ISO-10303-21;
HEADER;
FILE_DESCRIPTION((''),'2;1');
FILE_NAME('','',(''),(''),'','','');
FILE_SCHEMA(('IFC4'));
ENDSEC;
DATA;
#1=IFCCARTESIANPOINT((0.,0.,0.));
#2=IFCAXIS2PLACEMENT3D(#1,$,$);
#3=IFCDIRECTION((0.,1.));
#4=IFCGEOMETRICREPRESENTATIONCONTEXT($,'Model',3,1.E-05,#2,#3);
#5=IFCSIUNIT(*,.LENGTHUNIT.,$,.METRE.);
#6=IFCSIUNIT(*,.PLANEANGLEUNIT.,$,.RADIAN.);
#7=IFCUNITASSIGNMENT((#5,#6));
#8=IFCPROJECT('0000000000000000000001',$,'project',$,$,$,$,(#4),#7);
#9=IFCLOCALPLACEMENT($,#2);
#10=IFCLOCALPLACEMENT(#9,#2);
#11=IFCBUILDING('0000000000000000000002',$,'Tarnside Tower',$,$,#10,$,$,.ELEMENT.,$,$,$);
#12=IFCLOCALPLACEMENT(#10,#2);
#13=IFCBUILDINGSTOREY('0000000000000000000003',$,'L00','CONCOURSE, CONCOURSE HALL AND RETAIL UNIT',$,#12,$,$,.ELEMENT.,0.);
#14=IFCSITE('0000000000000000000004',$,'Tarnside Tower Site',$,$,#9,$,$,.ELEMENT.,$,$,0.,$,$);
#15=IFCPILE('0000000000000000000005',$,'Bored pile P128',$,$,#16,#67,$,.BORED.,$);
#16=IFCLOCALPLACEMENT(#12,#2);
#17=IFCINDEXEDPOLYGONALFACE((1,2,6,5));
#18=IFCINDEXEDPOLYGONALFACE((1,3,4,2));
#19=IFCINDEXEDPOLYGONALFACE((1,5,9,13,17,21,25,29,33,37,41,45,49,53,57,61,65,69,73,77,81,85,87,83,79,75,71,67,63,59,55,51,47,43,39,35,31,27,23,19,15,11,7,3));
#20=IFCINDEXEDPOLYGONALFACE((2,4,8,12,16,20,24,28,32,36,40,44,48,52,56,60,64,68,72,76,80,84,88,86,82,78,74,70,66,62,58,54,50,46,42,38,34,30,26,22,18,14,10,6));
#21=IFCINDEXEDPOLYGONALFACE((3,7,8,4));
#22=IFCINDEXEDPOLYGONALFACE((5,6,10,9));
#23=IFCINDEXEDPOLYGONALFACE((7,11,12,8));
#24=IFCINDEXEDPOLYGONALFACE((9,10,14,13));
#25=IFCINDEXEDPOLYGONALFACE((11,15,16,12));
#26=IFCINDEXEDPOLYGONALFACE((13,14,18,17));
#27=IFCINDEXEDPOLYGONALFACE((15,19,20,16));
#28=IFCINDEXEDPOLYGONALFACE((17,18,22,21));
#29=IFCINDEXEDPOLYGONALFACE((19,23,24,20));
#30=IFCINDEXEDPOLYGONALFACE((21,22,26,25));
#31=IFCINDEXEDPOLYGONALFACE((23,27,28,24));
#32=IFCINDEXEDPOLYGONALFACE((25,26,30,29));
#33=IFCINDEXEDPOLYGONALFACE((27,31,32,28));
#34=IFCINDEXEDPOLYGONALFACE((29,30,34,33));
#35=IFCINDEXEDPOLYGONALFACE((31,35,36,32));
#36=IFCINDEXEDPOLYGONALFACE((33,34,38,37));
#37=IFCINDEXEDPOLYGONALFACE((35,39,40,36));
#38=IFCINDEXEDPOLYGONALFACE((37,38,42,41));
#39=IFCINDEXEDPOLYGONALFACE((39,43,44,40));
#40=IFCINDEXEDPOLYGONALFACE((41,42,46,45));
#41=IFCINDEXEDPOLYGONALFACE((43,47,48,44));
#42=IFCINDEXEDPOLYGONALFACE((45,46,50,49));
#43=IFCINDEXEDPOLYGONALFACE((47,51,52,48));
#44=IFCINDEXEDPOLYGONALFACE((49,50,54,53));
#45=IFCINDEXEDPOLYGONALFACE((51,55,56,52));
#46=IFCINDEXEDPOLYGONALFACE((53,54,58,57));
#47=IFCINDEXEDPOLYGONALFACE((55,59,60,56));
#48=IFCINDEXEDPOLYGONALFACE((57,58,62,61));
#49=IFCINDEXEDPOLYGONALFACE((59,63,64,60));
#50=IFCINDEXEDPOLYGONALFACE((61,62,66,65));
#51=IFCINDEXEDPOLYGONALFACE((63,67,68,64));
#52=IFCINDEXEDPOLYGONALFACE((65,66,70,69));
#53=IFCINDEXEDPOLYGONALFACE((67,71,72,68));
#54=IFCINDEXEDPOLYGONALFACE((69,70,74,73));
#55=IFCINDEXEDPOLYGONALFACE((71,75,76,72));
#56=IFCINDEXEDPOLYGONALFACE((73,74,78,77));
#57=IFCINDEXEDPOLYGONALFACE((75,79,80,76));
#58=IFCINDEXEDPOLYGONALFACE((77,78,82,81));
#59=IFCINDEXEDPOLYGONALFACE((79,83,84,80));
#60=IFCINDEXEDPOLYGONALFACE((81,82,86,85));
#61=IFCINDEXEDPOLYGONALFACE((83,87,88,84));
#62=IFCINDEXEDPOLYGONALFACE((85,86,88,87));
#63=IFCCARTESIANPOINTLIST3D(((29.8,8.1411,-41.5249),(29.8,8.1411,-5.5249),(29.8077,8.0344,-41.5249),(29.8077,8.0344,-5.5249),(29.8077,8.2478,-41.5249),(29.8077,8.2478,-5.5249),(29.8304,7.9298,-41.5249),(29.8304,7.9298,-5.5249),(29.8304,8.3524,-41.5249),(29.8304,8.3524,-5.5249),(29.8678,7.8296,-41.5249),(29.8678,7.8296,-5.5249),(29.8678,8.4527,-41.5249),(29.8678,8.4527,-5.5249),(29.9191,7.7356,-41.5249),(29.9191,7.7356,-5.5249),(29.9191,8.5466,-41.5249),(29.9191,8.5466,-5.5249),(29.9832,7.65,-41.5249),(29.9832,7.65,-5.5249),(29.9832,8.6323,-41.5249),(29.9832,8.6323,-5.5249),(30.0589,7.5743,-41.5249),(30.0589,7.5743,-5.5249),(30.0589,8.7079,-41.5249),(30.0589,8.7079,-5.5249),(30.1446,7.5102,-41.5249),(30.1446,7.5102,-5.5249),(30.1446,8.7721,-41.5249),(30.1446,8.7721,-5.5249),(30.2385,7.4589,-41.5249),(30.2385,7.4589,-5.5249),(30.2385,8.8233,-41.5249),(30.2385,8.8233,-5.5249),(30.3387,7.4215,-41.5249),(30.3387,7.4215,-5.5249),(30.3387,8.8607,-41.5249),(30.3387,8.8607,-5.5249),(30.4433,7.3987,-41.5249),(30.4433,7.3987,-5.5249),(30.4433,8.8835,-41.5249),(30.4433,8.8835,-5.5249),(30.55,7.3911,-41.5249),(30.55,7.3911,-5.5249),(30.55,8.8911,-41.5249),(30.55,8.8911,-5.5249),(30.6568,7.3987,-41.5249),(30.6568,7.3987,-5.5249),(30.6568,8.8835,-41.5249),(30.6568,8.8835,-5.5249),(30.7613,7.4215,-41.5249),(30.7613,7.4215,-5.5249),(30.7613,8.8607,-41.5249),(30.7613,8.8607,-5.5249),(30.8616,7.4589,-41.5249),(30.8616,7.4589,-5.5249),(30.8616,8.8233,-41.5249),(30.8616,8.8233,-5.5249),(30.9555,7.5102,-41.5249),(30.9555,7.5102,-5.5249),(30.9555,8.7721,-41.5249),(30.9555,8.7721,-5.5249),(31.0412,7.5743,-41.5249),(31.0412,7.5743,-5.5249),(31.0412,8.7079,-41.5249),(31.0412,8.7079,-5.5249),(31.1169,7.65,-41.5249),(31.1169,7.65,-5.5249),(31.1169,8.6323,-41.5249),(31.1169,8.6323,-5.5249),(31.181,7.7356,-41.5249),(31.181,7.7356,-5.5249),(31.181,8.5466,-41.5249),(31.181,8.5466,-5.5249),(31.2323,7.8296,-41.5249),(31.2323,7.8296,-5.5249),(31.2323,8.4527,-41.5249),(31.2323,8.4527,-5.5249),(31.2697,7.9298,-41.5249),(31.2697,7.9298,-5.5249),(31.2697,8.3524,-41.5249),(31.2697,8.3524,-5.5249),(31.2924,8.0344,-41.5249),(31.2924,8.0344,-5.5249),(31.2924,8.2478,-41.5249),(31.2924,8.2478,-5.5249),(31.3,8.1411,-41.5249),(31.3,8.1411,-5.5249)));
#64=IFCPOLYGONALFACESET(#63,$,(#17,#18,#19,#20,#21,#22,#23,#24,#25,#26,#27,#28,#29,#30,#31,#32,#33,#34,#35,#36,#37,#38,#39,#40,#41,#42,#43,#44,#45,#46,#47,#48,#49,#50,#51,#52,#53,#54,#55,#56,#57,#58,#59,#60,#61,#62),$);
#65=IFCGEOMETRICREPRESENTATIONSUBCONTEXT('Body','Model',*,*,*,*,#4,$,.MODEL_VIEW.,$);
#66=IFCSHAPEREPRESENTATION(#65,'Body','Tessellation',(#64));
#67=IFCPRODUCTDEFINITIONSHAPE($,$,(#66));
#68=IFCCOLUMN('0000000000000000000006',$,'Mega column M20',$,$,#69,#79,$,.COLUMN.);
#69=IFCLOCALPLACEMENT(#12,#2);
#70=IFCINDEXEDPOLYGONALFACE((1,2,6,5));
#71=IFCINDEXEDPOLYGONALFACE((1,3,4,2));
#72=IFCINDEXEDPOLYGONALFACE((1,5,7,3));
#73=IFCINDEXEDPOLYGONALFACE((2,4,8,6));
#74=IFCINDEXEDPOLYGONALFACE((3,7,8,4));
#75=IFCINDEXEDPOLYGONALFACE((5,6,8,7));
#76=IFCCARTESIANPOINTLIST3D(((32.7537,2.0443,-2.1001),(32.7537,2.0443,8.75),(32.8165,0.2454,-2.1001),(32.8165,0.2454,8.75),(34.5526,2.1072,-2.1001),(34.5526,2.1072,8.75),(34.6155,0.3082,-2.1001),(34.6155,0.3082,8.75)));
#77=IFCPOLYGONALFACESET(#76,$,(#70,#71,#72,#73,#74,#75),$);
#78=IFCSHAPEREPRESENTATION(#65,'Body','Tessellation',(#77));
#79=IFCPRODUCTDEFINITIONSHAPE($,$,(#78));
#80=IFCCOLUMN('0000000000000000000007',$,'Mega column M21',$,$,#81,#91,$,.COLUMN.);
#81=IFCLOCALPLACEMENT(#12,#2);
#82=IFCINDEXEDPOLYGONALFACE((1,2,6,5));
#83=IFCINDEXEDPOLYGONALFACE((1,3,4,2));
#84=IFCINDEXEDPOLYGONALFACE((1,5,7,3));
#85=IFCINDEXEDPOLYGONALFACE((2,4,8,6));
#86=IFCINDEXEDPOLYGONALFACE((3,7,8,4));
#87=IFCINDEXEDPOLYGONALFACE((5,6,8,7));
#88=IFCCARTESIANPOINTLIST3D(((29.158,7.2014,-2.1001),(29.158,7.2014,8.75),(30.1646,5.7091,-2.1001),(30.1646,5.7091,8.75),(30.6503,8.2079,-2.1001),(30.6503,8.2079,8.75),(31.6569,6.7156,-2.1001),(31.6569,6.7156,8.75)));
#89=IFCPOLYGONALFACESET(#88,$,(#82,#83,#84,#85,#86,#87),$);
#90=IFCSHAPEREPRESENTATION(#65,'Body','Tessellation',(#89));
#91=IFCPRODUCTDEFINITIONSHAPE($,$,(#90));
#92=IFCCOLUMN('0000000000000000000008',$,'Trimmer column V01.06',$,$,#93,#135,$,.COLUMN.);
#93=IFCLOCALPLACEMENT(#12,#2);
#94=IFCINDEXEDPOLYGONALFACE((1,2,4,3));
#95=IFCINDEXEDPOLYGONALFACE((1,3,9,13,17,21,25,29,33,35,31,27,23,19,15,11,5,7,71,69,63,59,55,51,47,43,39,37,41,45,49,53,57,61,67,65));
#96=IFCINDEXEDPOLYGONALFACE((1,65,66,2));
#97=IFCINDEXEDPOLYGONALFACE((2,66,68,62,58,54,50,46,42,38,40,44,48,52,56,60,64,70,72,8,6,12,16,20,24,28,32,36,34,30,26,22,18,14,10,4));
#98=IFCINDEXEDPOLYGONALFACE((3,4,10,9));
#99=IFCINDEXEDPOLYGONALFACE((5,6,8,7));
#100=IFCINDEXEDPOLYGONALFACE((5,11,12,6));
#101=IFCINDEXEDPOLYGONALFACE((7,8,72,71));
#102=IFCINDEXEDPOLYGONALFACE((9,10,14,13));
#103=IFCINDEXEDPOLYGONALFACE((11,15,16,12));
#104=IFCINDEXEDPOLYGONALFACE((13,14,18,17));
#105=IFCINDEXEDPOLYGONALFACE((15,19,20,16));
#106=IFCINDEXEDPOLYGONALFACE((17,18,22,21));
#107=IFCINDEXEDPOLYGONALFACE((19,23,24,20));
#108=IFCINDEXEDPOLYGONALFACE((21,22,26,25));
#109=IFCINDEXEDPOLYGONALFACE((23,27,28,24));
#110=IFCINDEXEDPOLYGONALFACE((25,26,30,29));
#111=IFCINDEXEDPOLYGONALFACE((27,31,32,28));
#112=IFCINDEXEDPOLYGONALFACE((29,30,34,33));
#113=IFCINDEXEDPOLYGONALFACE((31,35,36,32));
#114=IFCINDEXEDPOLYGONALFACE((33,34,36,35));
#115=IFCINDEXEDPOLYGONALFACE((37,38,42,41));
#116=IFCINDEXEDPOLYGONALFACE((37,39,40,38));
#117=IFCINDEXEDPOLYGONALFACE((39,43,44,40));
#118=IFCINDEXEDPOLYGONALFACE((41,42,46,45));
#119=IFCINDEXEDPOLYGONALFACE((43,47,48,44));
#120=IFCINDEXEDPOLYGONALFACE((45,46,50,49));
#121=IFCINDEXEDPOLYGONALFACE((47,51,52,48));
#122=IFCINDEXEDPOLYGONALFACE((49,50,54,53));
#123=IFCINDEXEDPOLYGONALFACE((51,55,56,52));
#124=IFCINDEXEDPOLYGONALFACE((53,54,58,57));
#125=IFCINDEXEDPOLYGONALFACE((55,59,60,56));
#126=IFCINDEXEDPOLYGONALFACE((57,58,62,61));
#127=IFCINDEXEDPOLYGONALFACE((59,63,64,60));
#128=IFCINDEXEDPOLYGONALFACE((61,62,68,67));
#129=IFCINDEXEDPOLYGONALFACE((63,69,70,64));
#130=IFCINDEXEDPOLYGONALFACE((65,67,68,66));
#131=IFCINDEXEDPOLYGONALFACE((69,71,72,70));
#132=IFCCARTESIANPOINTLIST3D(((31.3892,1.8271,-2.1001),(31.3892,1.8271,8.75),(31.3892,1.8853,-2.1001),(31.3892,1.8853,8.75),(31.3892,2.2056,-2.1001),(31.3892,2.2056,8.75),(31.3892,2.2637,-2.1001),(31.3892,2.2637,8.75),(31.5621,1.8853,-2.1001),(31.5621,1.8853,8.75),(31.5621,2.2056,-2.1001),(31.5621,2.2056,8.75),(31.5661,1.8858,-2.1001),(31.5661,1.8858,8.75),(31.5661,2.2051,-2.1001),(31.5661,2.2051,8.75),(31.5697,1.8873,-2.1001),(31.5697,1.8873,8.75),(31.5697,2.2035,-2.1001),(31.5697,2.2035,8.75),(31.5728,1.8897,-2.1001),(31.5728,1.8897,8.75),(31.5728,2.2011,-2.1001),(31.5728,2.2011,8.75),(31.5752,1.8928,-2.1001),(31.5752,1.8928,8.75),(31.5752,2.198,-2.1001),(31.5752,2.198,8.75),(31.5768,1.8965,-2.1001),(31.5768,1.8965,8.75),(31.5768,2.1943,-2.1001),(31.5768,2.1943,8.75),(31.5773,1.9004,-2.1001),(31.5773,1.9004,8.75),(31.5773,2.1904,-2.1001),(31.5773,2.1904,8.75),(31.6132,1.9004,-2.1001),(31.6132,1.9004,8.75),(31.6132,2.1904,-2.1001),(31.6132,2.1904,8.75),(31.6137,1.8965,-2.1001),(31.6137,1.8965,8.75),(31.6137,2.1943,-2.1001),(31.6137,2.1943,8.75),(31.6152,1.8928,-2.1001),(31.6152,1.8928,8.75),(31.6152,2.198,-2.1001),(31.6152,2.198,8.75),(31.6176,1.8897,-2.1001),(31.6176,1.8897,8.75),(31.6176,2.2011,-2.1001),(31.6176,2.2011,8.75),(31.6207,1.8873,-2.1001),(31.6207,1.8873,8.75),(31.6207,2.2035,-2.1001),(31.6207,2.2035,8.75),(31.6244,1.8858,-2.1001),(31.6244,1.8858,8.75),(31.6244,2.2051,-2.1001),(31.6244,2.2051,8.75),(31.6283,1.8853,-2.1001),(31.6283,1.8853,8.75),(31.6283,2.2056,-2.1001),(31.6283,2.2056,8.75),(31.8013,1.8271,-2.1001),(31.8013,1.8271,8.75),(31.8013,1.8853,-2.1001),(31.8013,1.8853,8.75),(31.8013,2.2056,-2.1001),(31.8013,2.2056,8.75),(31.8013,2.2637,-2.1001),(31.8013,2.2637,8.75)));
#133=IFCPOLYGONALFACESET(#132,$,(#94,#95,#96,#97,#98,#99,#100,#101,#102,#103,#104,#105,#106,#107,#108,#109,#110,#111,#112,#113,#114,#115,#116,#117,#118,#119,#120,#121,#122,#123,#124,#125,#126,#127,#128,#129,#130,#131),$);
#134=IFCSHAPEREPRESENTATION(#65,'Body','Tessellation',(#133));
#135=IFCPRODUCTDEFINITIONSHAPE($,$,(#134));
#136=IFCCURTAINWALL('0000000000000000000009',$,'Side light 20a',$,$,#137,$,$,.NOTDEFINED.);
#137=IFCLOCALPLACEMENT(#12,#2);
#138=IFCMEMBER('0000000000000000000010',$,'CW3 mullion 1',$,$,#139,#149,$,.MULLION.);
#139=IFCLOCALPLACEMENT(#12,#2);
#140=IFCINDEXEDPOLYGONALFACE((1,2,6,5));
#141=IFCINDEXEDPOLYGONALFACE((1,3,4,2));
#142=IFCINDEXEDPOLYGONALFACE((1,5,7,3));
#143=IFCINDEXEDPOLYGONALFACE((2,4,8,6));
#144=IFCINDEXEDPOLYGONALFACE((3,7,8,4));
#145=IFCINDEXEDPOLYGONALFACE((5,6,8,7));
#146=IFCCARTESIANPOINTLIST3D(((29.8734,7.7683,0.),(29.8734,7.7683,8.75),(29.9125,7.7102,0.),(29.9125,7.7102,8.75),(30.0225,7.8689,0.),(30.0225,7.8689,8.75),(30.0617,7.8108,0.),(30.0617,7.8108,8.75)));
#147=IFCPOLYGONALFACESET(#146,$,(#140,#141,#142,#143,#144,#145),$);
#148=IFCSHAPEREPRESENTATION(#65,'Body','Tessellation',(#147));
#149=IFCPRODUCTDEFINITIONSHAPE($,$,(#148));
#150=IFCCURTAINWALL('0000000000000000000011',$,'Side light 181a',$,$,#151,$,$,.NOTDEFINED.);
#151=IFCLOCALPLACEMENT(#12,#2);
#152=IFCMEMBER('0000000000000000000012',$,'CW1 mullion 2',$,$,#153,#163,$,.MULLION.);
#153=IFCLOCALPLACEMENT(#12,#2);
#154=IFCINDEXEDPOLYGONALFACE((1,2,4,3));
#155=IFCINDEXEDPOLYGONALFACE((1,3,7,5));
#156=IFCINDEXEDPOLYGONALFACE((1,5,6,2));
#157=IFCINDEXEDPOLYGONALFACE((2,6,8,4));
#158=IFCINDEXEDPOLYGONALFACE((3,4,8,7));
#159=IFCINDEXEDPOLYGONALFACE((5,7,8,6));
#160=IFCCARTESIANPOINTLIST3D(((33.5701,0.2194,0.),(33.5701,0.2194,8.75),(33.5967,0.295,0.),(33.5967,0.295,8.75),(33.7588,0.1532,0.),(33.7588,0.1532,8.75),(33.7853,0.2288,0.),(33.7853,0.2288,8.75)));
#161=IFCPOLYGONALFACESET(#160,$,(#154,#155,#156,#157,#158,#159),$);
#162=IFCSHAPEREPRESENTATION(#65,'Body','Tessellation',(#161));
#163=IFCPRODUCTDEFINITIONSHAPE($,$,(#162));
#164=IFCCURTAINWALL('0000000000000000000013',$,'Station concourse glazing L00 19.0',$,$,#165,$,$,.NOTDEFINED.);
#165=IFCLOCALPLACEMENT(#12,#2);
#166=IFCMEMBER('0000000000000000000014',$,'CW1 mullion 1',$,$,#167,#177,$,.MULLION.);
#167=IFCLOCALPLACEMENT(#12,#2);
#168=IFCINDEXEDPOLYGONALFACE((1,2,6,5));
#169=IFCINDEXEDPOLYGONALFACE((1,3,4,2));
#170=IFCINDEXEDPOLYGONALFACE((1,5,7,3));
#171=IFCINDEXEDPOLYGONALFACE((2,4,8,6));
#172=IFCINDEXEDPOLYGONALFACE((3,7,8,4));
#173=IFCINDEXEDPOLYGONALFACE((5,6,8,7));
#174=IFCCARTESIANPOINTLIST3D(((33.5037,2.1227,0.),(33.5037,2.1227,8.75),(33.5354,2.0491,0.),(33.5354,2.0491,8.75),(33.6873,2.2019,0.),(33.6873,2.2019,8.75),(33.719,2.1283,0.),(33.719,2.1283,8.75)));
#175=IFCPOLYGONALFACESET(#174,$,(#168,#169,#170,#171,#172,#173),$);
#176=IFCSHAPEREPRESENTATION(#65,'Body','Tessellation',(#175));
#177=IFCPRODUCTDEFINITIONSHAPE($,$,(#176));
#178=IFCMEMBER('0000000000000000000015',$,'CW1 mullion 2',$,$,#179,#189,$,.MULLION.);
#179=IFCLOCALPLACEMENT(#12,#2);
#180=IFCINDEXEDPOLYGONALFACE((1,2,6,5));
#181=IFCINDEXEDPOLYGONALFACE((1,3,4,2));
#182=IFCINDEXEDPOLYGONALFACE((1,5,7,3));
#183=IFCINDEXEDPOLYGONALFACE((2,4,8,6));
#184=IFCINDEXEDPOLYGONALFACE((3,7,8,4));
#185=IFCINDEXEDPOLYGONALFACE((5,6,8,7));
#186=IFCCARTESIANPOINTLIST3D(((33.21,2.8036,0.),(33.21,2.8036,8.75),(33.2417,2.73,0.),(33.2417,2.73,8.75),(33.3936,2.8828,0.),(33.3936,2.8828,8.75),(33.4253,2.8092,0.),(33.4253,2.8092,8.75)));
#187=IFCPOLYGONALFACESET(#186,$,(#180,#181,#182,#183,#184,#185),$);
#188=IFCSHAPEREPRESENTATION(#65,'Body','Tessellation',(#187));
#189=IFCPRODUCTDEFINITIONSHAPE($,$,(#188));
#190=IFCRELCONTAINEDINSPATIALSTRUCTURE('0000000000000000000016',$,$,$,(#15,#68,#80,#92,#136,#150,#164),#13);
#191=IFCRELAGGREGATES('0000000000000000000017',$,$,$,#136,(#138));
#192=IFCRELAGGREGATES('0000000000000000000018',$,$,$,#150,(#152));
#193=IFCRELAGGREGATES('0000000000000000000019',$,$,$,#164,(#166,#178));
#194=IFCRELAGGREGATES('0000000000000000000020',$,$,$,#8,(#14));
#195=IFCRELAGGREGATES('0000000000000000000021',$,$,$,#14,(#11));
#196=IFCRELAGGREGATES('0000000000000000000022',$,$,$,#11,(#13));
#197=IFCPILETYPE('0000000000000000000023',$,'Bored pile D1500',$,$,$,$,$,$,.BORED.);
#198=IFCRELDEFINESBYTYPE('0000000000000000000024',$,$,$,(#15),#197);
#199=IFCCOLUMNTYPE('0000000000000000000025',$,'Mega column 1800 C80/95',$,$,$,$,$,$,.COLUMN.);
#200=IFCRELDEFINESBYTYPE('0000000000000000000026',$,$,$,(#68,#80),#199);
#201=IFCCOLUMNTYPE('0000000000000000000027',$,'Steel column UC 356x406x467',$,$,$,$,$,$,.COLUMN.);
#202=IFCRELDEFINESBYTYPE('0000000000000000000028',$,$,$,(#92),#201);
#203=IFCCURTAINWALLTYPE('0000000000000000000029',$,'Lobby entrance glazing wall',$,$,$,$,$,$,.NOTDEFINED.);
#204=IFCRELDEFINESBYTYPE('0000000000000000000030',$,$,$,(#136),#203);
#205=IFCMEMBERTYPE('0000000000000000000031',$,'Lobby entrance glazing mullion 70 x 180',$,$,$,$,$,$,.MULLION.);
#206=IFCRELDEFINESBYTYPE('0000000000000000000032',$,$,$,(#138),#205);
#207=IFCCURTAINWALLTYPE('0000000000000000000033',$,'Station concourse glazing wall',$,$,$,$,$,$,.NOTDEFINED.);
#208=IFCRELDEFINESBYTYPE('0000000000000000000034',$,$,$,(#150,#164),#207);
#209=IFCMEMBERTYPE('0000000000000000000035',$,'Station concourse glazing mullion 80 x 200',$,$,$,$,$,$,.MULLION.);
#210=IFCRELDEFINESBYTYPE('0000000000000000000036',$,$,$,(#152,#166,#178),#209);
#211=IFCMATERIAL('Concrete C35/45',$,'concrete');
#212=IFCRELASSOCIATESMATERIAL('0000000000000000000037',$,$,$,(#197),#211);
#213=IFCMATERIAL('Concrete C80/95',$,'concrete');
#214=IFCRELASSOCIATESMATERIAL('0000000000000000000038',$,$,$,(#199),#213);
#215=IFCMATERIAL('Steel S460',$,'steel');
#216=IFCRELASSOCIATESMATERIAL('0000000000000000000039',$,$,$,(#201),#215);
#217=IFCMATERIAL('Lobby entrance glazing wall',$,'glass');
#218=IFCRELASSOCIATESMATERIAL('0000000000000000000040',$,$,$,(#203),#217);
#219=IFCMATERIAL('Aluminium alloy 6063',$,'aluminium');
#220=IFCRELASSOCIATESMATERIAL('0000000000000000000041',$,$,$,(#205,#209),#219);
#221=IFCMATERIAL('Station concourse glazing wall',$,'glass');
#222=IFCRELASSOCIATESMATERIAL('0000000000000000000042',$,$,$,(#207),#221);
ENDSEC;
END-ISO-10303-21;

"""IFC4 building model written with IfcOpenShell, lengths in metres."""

from ifc_helpers import new_model, si_unit, direction, frame, origin, origin_2d, place, context, subcontext, project, spatial, rectangle, circle, i_section, extrude, material, material_profile, profile_set, type_object, element, aggregate, save


model = new_model("IFC4")

# Units and contexts
model_context = context("Model", 3, precision=1e-05, world=origin(), true_north=direction((0.0, 1.0)))
body_context = subcontext(model_context, "Body", "Model", "MODEL_VIEW")
ifc_project = project(units=[si_unit("LENGTHUNIT", "METRE"), si_unit("PLANEANGLEUNIT", "RADIAN")], contexts=[model_context])

# Site, building, storey
site_placement = place(None, origin())
site = spatial("IfcSite", under=ifc_project, at=site_placement, Name="Tarnside Tower Site", CompositionType="ELEMENT", RefElevation=0.0)
building_placement = place(site_placement, origin())
building = spatial("IfcBuilding", under=site, at=building_placement, Name="Tarnside Tower", CompositionType="ELEMENT")
storey_placement = place(building_placement, origin())
storey = spatial("IfcBuildingStorey", under=building, at=storey_placement, Name="L00", Description="CONCOURSE, CONCOURSE HALL AND RETAIL UNIT", CompositionType="ELEMENT", Elevation=0.0)

# Pile
ifc_material_1 = material(Name="Concrete C35/45", Category="concrete")
ifc_material_profile_1 = material_profile(ifc_material_1, circle(Radius=0.75, at=origin_2d()), Name="Bored pile D1500")
ifc_profile_set_1 = profile_set([ifc_material_profile_1], Name="Concrete C35/45")
pile_type = type_object("IfcPileType", Name="Bored pile D1500", PredefinedType="BORED", material=ifc_profile_set_1)
for number, where, z_axis, x_axis, name in (
    (1, (30.55, 8.1411, -5.5249), (0.0, 0.0, -1.0), (1.0, 0.0, 0.0), "Bored pile P128"),
):
    element("IfcPile", number, at=place(storey_placement, frame(where, z_axis=z_axis, x_axis=x_axis)), inside=storey, type_object=pile_type, Name=name, PredefinedType="BORED", context=body_context, shape_type="SweptSolid", body=[
        extrude(circle(Radius=0.75, at=origin_2d()), origin(), (0.0, 0.0, 1.0), 36.0),
    ])

# Columns
ifc_material_2 = material(Name="Concrete C80/95", Category="concrete")
ifc_material_profile_2 = material_profile(ifc_material_2, rectangle(XDim=1.8, YDim=1.8, at=origin_2d()), Name="Mega column 1800x1800")
ifc_profile_set_2 = profile_set([ifc_material_profile_2], Name="Concrete C80/95")
column_type_1 = type_object("IfcColumnType", Name="Mega column 1800 C80/95", PredefinedType="COLUMN", material=ifc_profile_set_2)
for number, where, z_axis, x_axis, name in (
    (2, (33.6846, 1.1763, -2.1001), (0.0, 0.0, 1.0), (0.034899, -0.999391, 0.0), "Mega column M20"),
    (3, (30.4075, 6.9585, -2.1001), (0.0, 0.0, 1.0), (0.559193, -0.829038, 0.0), "Mega column M21"),
):
    element("IfcColumn", number, at=place(storey_placement, frame(where, z_axis=z_axis, x_axis=x_axis)), inside=storey, type_object=column_type_1, Name=name, PredefinedType="COLUMN", context=body_context, shape_type="SweptSolid", body=[
        extrude(rectangle(XDim=1.8, YDim=1.8, at=origin_2d()), origin(), (0.0, 0.0, 1.0), 10.8501),
    ])
ifc_material_3 = material(Name="Steel S460", Category="steel")
ifc_material_profile_3 = material_profile(ifc_material_3, i_section(OverallWidth=0.4121, OverallDepth=0.4365, WebThickness=0.0359, FlangeThickness=0.0581, FilletRadius=0.0151, at=origin_2d()), Name="UC 356x406x467")
ifc_profile_set_3 = profile_set([ifc_material_profile_3], Name="Steel S460")
column_type_2 = type_object("IfcColumnType", Name="Steel column UC 356x406x467", PredefinedType="COLUMN", material=ifc_profile_set_3)
column_placement = place(storey_placement, frame((31.5952, 2.0454, -2.1001), z_axis=(0.0, 0.0, 1.0), x_axis=(1.0, 0.0, 0.0)))
element("IfcColumn", 4, at=column_placement, inside=storey, type_object=column_type_2, Name="Trimmer column V01.06", PredefinedType="COLUMN", context=body_context, shape_type="SweptSolid", body=[
    extrude(i_section(OverallWidth=0.4121, OverallDepth=0.4365, WebThickness=0.0359, FlangeThickness=0.0581, FilletRadius=0.0151, at=origin_2d()), origin(), (0.0, 0.0, 1.0), 10.8501),
])

# Curtain walls, members
ifc_material_4 = material(Name="Lobby entrance glazing wall", Category="glass")
curtain_wall_type_1 = type_object("IfcCurtainWallType", Name="Lobby entrance glazing wall", PredefinedType="NOTDEFINED", material=ifc_material_4)
curtain_wall_1_placement = place(storey_placement, origin())
curtain_wall_1 = element("IfcCurtainWall", 5, at=curtain_wall_1_placement, inside=storey, type_object=curtain_wall_type_1, Name="Side light 20a", PredefinedType="NOTDEFINED")
ifc_material_5 = material(Name="Aluminium alloy 6063", Category="aluminium")
ifc_material_profile_4 = material_profile(ifc_material_5, rectangle(XDim=0.1799, YDim=0.0701, at=origin_2d()), Name="Lobby entrance glazing mullion 70 x 180")
ifc_profile_set_4 = profile_set([ifc_material_profile_4], Name="Aluminium alloy 6063")
member_type_1 = type_object("IfcMemberType", Name="Lobby entrance glazing mullion 70 x 180", PredefinedType="MULLION", material=ifc_profile_set_4)
member_1_placement = place(storey_placement, frame((29.9675, 7.7896, 0.0), z_axis=(0.0, 0.0, 1.0), x_axis=(-0.829038, -0.559193, 0.0)))
member_1 = element("IfcMember", 6, at=member_1_placement, type_object=member_type_1, Name="CW3 mullion 1", PredefinedType="MULLION", context=body_context, shape_type="SweptSolid", body=[
    extrude(rectangle(XDim=0.1799, YDim=0.0701, at=origin_2d()), origin(), (0.0, 0.0, 1.0), 8.75),
])
aggregate(curtain_wall_1, [member_1])
ifc_material_6 = material(Name="Station concourse glazing wall", Category="glass")
curtain_wall_type_2 = type_object("IfcCurtainWallType", Name="Station concourse glazing wall", PredefinedType="NOTDEFINED", material=ifc_material_6)
curtain_wall_2_placement = place(storey_placement, origin())
curtain_wall_2 = element("IfcCurtainWall", 7, at=curtain_wall_2_placement, inside=storey, type_object=curtain_wall_type_2, Name="Side light 181a", PredefinedType="NOTDEFINED")
ifc_material_profile_5 = material_profile(ifc_material_5, rectangle(XDim=0.2, YDim=0.0801, at=origin_2d()), Name="Station concourse glazing mullion 80 x 200")
ifc_profile_set_5 = profile_set([ifc_material_profile_5], Name="Aluminium alloy 6063")
member_type_2 = type_object("IfcMemberType", Name="Station concourse glazing mullion 80 x 200", PredefinedType="MULLION", material=ifc_profile_set_5)
member_2_placement = place(storey_placement, frame((33.6777, 0.2241, 0.0), z_axis=(0.0, 0.0, 1.0), x_axis=(-0.943609, 0.331063, 0.0)))
member_2 = element("IfcMember", 8, at=member_2_placement, type_object=member_type_2, Name="CW1 mullion 2", PredefinedType="MULLION", context=body_context, shape_type="SweptSolid", body=[
    extrude(rectangle(XDim=0.2, YDim=0.0801, at=origin_2d()), origin(), (0.0, 0.0, 1.0), 8.75),
])
aggregate(curtain_wall_2, [member_2])

# Curtain wall, members
curtain_wall_3_placement = place(storey_placement, origin())
curtain_wall_3 = element("IfcCurtainWall", 9, at=curtain_wall_3_placement, inside=storey, type_object=curtain_wall_type_2, Name="Station concourse glazing L00 19.0", PredefinedType="NOTDEFINED")
member_3_placement = place(storey_placement, frame((33.6113, 2.1255, 0.0), z_axis=(0.0, 0.0, 1.0), x_axis=(-0.918216, -0.39608, 0.0)))
member_3 = element("IfcMember", 10, at=member_3_placement, type_object=member_type_2, Name="CW1 mullion 1", PredefinedType="MULLION", context=body_context, shape_type="SweptSolid", body=[
    extrude(rectangle(XDim=0.2, YDim=0.0801, at=origin_2d()), origin(), (0.0, 0.0, 1.0), 8.75),
])
member_4_placement = place(storey_placement, frame((33.3176, 2.8064, 0.0), z_axis=(0.0, 0.0, 1.0), x_axis=(-0.918216, -0.39608, 0.0)))
member_4 = element("IfcMember", 11, at=member_4_placement, type_object=member_type_2, Name="CW1 mullion 2", PredefinedType="MULLION", context=body_context, shape_type="SweptSolid", body=[
    extrude(rectangle(XDim=0.2, YDim=0.0801, at=origin_2d()), origin(), (0.0, 0.0, 1.0), 8.75),
])
aggregate(curtain_wall_3, [member_3, member_4])

save(model, "model.ifc")
